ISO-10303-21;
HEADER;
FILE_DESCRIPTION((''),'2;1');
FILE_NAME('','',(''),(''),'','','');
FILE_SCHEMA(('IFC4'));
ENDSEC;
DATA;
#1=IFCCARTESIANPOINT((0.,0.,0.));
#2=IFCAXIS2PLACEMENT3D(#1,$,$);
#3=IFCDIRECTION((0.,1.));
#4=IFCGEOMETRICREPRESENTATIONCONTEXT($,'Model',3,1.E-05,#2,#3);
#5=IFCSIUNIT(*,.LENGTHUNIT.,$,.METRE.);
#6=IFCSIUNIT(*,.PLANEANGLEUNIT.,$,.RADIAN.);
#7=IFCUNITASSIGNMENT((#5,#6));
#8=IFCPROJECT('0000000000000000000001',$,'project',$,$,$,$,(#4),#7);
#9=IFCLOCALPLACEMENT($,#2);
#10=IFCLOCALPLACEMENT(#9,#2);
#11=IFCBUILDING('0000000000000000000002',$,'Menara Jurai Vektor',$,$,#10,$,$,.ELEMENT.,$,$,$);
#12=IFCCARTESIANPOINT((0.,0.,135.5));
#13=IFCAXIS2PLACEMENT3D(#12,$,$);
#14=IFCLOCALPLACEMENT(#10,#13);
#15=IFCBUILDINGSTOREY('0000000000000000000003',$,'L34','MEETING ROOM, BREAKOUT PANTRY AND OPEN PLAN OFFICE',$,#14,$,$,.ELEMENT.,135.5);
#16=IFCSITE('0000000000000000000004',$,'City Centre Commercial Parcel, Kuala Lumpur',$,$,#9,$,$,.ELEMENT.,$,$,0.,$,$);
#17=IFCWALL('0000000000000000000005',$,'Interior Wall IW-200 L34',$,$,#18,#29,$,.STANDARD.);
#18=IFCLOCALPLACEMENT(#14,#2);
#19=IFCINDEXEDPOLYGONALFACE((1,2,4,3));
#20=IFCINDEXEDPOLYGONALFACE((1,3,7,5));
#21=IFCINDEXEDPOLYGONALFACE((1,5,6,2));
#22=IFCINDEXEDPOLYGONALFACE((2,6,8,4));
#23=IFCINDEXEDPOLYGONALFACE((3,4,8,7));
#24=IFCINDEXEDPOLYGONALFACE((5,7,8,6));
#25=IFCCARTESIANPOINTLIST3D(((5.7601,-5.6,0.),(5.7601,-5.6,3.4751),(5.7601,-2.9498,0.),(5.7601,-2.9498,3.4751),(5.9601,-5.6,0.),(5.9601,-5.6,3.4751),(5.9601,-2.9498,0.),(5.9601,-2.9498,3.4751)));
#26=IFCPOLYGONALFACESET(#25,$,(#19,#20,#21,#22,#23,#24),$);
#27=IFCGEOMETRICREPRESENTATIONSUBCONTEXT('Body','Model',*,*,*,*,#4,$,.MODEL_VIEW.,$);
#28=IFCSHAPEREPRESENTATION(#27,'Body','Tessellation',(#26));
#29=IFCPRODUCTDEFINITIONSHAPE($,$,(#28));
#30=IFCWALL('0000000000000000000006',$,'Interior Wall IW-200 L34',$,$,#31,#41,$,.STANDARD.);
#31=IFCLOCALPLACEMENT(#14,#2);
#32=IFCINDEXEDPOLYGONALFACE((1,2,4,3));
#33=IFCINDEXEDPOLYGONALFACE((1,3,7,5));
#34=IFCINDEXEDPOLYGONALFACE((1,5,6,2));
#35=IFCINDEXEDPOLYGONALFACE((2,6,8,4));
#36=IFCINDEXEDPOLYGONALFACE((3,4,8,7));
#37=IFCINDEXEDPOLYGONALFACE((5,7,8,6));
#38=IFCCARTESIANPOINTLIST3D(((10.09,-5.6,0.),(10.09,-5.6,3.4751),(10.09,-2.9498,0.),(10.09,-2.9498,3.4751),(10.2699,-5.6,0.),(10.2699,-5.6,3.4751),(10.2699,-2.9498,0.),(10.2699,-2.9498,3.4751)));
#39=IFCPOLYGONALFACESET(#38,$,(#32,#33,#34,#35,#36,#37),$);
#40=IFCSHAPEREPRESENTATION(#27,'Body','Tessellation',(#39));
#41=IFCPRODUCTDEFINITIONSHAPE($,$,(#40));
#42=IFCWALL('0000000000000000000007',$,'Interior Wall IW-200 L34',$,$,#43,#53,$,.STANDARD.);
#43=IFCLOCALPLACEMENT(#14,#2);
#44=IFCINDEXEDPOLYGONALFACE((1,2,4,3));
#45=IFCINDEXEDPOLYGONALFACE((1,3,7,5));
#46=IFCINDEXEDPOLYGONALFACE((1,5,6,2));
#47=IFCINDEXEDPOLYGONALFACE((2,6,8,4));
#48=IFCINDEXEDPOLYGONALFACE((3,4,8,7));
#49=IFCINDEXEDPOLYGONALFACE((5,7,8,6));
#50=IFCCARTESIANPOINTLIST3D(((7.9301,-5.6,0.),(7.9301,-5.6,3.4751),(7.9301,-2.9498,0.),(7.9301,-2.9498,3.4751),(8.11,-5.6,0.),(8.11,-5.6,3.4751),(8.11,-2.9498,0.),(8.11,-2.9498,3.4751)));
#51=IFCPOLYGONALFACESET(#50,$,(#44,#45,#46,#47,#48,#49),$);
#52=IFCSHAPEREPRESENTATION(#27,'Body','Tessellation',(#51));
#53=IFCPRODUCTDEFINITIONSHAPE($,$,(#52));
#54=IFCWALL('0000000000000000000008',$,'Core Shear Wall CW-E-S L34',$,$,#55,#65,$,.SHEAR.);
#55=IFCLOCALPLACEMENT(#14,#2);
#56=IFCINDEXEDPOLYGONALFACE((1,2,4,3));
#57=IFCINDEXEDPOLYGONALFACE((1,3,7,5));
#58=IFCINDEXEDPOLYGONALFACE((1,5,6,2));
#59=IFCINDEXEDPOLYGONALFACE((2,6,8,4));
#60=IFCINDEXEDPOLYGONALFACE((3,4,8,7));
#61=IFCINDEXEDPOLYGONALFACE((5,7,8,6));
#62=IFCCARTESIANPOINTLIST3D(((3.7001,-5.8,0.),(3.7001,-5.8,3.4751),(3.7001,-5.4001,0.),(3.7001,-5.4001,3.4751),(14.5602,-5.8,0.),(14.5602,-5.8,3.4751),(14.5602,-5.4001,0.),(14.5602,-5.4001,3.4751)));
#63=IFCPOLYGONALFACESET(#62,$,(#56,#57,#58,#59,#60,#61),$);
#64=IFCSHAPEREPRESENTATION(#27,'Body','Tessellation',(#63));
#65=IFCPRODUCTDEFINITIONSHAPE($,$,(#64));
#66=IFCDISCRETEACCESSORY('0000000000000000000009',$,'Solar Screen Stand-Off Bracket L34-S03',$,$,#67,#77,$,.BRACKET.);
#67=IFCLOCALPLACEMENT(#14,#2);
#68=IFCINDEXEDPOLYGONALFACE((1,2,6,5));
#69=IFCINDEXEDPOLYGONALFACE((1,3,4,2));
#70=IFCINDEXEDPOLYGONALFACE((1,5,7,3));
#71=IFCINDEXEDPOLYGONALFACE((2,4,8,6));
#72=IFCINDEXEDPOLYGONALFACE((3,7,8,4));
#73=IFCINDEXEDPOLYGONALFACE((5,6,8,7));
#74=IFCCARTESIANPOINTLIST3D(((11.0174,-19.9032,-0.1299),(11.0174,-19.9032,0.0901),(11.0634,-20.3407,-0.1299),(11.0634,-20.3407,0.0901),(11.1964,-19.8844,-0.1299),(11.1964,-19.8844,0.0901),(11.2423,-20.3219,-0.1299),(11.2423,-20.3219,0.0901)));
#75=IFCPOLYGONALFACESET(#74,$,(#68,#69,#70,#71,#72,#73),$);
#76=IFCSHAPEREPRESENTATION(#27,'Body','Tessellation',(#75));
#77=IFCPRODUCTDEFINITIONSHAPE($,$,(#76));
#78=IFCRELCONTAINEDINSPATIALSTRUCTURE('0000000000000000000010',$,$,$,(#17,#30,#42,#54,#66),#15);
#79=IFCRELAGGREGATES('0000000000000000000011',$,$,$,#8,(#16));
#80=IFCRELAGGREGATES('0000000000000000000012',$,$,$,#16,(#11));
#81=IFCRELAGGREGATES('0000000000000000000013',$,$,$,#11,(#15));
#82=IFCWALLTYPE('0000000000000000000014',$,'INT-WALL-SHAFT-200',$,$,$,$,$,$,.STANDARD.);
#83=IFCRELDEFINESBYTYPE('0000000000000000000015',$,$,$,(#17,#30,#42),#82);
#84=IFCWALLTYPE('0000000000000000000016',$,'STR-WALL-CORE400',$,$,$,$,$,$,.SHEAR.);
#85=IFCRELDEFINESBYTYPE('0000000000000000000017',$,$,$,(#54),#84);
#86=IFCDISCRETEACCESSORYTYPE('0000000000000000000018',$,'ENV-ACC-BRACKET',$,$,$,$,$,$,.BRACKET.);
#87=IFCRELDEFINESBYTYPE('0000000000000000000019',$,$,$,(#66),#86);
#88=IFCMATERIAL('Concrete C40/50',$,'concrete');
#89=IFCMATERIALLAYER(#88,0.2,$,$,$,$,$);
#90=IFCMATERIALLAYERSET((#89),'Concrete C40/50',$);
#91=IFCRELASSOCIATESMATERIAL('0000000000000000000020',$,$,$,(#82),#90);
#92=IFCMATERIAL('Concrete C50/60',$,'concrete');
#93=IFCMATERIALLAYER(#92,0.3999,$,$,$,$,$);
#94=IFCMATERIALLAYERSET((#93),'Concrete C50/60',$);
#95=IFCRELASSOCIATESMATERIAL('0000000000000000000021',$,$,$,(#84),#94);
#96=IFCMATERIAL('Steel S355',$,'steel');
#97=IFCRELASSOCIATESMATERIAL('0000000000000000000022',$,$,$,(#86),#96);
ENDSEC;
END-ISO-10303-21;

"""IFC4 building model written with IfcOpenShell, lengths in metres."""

from ifc_helpers import new_model, si_unit, direction, frame, frame_2d, origin, origin_2d, place, context, subcontext, project, spatial, rectangle, extrude, material, layer, layer_set, type_object, element, save


model = new_model("IFC4")

# Units and contexts
model_context = context("Model", 3, precision=1e-05, world=origin(), true_north=direction((0.0, 1.0)))
body_context = subcontext(model_context, "Body", "Model", "MODEL_VIEW")
ifc_project = project(units=[si_unit("LENGTHUNIT", "METRE"), si_unit("PLANEANGLEUNIT", "RADIAN")], contexts=[model_context])

# Site, building, storey
site_placement = place(None, origin())
site = spatial("IfcSite", under=ifc_project, at=site_placement, Name="City Centre Commercial Parcel, Kuala Lumpur", CompositionType="ELEMENT", RefElevation=0.0)
building_placement = place(site_placement, origin())
building = spatial("IfcBuilding", under=site, at=building_placement, Name="Menara Jurai Vektor", CompositionType="ELEMENT")
storey_placement = place(building_placement, frame((0.0, 0.0, 135.5)))
storey = spatial("IfcBuildingStorey", under=building, at=storey_placement, Name="L34", Description="MEETING ROOM, BREAKOUT PANTRY AND OPEN PLAN OFFICE", CompositionType="ELEMENT", Elevation=135.5)

# Shared definitions
ifc_material_1 = material(Name="Concrete C50/60", Category="concrete")

# Shared definitions
ifc_material_2 = material(Name="Steel S355", Category="steel")

# Walls
ifc_material_3 = material(Name="Concrete C40/50", Category="concrete")
ifc_layer_1 = layer(ifc_material_3, 0.2)
ifc_layer_set_1 = layer_set([ifc_layer_1], Name="Concrete C40/50")
wall_type_1 = type_object("IfcWallType", Name="INT-WALL-SHAFT-200", PredefinedType="STANDARD", material=ifc_layer_set_1)
for number, where, z_axis, x_axis, name in (
    (1, (5.8601, -5.6001, 0.0), (0.0, 0.0, 1.0), (0.0, 1.0, 0.0), "Interior Wall IW-200 L34"),
):
    element("IfcWall", number, at=place(storey_placement, frame(where, z_axis=z_axis, x_axis=x_axis)), inside=storey, type_object=wall_type_1, Name=name, PredefinedType="STANDARD", context=body_context, shape_type="SweptSolid", body=[
        extrude(rectangle(XDim=2.6501, YDim=0.2, at=frame_2d((1.3252, 0.0))), origin(), (0.0, 0.0, 1.0), 3.4751),
    ])
for number, where, z_axis, x_axis, name in (
    (2, (10.1799, -5.6001, 0.0), (0.0, 0.0, 1.0), (0.0, 1.0, 0.0), "Interior Wall IW-200 L34"),
    (3, (8.02, -5.6001, 0.0), (0.0, 0.0, 1.0), (0.0, 1.0, 0.0), "Interior Wall IW-200 L34"),
):
    element("IfcWall", number, at=place(storey_placement, frame(where, z_axis=z_axis, x_axis=x_axis)), inside=storey, type_object=wall_type_1, Name=name, PredefinedType="STANDARD", context=body_context, shape_type="SweptSolid", body=[
        extrude(rectangle(XDim=2.6501, YDim=0.1799, at=frame_2d((1.3252, 0.0))), origin(), (0.0, 0.0, 1.0), 3.4751),
    ])
ifc_layer_2 = layer(ifc_material_1, 0.3999)
ifc_layer_set_2 = layer_set([ifc_layer_2], Name="Concrete C50/60")
wall_type_2 = type_object("IfcWallType", Name="STR-WALL-CORE400", PredefinedType="SHEAR", material=ifc_layer_set_2)
wall_placement = place(storey_placement, frame((3.7, -5.6001, 0.0), z_axis=(0.0, 0.0, 1.0), x_axis=(1.0, 0.0, 0.0)))
element("IfcWall", 4, at=wall_placement, inside=storey, type_object=wall_type_2, Name="Core Shear Wall CW-E-S L34", PredefinedType="SHEAR", context=body_context, shape_type="SweptSolid", body=[
    extrude(rectangle(XDim=10.8601, YDim=0.3999, at=frame_2d((5.4302, 0.0))), origin(), (0.0, 0.0, 1.0), 3.4751),
])

# Discrete accessory
discrete_accessory_type = type_object("IfcDiscreteAccessoryType", Name="ENV-ACC-BRACKET", PredefinedType="BRACKET", material=ifc_material_2)
discrete_accessory_placement = place(storey_placement, frame((11.1299, -20.1125, -0.1299), z_axis=(0.0, 0.0, 1.0), x_axis=(0.994522, 0.104528, 0.0)))
element("IfcDiscreteAccessory", 5, at=discrete_accessory_placement, inside=storey, type_object=discrete_accessory_type, Name="Solar Screen Stand-Off Bracket L34-S03", PredefinedType="BRACKET", context=body_context, shape_type="SweptSolid", body=[
    extrude(rectangle(XDim=0.1799, YDim=0.4399, at=origin_2d()), origin(), (0.0, 0.0, 1.0), 0.22),
])

save(model, "model.ifc")
